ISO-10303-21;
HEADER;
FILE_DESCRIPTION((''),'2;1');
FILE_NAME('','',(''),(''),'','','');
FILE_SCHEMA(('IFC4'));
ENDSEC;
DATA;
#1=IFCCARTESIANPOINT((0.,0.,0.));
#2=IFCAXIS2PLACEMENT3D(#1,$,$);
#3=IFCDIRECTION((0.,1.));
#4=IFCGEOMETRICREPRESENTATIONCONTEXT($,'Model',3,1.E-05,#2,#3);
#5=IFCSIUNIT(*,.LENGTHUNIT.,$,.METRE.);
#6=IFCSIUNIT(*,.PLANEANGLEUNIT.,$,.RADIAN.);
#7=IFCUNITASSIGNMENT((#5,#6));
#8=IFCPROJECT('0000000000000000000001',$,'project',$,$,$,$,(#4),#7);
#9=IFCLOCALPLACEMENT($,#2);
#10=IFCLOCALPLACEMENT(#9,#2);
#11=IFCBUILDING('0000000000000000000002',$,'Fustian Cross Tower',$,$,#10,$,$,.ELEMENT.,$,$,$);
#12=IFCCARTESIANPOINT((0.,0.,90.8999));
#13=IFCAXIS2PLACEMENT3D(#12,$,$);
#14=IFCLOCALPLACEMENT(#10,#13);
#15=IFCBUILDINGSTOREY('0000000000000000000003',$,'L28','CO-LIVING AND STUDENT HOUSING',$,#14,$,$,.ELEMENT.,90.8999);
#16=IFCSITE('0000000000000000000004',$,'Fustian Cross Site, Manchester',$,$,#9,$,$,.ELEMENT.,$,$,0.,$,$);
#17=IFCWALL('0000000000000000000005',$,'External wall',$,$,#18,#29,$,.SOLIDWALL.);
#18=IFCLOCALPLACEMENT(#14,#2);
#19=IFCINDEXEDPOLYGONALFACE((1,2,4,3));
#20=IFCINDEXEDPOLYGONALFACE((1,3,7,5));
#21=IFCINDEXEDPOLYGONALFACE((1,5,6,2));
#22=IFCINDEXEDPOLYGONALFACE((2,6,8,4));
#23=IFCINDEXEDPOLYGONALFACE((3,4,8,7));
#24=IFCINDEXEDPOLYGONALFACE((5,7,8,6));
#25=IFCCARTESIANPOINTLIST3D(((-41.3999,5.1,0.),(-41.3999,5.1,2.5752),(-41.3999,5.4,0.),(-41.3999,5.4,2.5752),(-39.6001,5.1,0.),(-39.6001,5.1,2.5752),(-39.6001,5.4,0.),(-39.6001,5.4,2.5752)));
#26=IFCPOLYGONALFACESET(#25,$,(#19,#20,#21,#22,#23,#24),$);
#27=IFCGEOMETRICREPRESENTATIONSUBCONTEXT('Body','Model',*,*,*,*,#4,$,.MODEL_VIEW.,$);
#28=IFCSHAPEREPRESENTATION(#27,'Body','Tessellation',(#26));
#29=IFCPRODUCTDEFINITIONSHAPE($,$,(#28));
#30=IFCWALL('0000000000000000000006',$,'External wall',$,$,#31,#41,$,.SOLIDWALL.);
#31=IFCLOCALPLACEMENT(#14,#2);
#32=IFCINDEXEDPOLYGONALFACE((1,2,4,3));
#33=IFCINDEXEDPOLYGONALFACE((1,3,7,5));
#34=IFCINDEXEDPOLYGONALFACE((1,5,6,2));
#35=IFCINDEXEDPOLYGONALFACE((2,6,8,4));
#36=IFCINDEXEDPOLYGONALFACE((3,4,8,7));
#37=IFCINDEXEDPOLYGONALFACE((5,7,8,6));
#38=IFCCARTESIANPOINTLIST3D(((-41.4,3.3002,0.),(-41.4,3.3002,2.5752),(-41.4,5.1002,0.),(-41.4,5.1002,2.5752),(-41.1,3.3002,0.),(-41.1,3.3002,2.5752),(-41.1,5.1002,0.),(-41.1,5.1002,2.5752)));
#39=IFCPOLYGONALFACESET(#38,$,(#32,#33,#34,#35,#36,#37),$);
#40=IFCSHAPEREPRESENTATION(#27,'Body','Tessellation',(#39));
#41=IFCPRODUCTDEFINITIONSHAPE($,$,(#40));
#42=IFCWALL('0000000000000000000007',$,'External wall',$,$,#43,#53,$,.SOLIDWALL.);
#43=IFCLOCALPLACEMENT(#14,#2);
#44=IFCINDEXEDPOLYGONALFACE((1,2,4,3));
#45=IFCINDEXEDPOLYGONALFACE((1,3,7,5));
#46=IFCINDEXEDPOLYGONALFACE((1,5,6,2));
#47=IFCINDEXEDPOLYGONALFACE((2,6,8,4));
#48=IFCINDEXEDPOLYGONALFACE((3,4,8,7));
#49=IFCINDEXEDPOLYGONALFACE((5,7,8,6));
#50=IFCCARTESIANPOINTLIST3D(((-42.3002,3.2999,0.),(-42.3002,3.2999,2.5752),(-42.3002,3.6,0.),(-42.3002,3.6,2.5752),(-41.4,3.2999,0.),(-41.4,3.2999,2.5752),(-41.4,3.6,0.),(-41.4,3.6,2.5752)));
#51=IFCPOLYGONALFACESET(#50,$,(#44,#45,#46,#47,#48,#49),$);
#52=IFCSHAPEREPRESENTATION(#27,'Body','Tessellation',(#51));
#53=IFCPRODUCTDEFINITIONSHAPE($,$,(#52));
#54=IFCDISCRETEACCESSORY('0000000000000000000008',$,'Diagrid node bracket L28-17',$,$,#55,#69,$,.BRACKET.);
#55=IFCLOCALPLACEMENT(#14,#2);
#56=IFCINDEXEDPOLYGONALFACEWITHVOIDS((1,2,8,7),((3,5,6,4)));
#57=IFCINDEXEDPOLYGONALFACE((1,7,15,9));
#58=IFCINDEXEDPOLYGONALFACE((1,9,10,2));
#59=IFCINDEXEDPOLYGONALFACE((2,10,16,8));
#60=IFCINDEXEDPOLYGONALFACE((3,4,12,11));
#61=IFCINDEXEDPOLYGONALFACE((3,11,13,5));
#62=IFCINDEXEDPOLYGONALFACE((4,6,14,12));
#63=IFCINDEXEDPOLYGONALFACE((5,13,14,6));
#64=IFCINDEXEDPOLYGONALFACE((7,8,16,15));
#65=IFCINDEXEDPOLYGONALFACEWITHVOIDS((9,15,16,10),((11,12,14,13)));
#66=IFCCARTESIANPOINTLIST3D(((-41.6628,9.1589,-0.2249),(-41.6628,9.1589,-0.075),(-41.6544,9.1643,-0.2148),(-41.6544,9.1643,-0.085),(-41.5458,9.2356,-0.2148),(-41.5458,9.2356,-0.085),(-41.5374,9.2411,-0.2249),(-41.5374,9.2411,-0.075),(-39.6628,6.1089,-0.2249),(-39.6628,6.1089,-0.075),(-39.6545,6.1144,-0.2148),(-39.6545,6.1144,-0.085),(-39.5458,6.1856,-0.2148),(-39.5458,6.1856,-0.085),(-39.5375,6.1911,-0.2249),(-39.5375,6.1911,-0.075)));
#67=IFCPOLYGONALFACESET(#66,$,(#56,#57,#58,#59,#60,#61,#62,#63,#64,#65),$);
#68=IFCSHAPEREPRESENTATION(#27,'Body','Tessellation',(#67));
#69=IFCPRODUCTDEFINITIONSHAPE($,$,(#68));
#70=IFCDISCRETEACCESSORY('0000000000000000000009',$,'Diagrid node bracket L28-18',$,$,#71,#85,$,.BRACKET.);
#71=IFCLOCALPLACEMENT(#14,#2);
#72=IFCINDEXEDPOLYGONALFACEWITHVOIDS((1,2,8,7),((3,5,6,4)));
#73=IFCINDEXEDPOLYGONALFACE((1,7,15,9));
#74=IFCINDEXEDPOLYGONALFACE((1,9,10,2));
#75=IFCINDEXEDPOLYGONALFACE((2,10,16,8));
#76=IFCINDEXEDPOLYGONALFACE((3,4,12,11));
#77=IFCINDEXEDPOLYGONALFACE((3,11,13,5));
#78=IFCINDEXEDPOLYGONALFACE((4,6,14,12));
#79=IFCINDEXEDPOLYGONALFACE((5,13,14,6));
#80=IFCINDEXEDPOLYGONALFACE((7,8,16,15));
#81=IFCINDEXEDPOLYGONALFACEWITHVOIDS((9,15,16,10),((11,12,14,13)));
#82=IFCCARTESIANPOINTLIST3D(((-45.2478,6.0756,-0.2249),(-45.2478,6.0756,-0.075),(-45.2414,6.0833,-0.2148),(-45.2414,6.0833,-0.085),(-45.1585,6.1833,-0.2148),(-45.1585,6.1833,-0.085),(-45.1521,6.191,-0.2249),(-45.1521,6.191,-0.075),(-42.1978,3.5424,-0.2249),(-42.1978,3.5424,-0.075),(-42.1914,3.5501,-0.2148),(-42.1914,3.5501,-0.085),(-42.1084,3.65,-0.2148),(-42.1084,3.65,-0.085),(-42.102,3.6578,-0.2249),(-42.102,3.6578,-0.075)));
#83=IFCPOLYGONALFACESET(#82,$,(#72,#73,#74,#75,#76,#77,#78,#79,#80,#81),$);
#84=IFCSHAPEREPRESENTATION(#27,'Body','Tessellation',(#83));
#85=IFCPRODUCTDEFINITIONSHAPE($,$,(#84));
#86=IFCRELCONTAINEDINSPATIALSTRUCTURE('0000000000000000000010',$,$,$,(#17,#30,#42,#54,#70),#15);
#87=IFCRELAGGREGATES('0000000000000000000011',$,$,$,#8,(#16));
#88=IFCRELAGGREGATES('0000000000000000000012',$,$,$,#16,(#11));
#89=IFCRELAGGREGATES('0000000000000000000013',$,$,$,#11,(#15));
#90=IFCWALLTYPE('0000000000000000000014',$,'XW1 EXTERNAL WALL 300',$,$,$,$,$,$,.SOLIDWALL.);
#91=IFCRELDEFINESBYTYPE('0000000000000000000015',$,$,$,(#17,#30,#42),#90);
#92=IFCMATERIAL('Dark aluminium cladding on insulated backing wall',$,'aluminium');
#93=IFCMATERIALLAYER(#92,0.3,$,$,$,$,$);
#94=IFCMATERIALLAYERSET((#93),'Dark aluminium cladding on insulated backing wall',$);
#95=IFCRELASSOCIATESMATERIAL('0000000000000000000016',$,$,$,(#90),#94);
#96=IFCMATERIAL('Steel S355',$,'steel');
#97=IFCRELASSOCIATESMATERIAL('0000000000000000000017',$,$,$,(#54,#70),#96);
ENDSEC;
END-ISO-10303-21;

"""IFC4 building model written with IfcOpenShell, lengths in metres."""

from ifc_helpers import new_model, si_unit, direction, frame, frame_2d, origin, origin_2d, place, context, subcontext, project, spatial, rectangle, hollow_rectangle, extrude, material, layer, layer_set, type_object, element, save


model = new_model("IFC4")

# Units and contexts
model_context = context("Model", 3, precision=1e-05, world=origin(), true_north=direction((0.0, 1.0)))
body_context = subcontext(model_context, "Body", "Model", "MODEL_VIEW")
ifc_project = project(units=[si_unit("LENGTHUNIT", "METRE"), si_unit("PLANEANGLEUNIT", "RADIAN")], contexts=[model_context])

# Site, building, storey
site_placement = place(None, origin())
site = spatial("IfcSite", under=ifc_project, at=site_placement, Name="Fustian Cross Site, Manchester", CompositionType="ELEMENT", RefElevation=0.0)
building_placement = place(site_placement, origin())
building = spatial("IfcBuilding", under=site, at=building_placement, Name="Fustian Cross Tower", CompositionType="ELEMENT")
storey_placement = place(building_placement, frame((0.0, 0.0, 90.8999)))
storey = spatial("IfcBuildingStorey", under=building, at=storey_placement, Name="L28", Description="CO-LIVING AND STUDENT HOUSING", CompositionType="ELEMENT", Elevation=90.8999)

# Walls
ifc_material_1 = material(Name="Dark aluminium cladding on insulated backing wall", Category="aluminium")
ifc_layer = layer(ifc_material_1, 0.3)
ifc_layer_set = layer_set([ifc_layer], Name="Dark aluminium cladding on insulated backing wall")
wall_type = type_object("IfcWallType", Name="XW1 EXTERNAL WALL 300", PredefinedType="SOLIDWALL", material=ifc_layer_set)
wall_1_placement = place(storey_placement, frame((-39.6001, 5.25, 0.0), z_axis=(0.0, 0.0, 1.0), x_axis=(-1.0, 0.0, 0.0)))
element("IfcWall", 1, at=wall_1_placement, inside=storey, type_object=wall_type, Name="External wall", PredefinedType="SOLIDWALL", context=body_context, shape_type="SweptSolid", body=[
    extrude(rectangle(XDim=1.7998, YDim=0.3, at=frame_2d((0.8999, 0.0))), origin(), (0.0, 0.0, 1.0), 2.5752),
])
wall_2_placement = place(storey_placement, frame((-41.25, 5.1001, 0.0), z_axis=(0.0, 0.0, 1.0), x_axis=(0.0, -1.0, 0.0)))
element("IfcWall", 2, at=wall_2_placement, inside=storey, type_object=wall_type, Name="External wall", PredefinedType="SOLIDWALL", context=body_context, shape_type="SweptSolid", body=[
    extrude(rectangle(XDim=1.8, YDim=0.3, at=frame_2d((0.8999, 0.0))), origin(), (0.0, 0.0, 1.0), 2.5752),
])
wall_3_placement = place(storey_placement, frame((-41.3999, 3.45, 0.0), z_axis=(0.0, 0.0, 1.0), x_axis=(-1.0, 0.0, 0.0)))
element("IfcWall", 3, at=wall_3_placement, inside=storey, type_object=wall_type, Name="External wall", PredefinedType="SOLIDWALL", context=body_context, shape_type="SweptSolid", body=[
    extrude(rectangle(XDim=0.9001, YDim=0.3, at=frame_2d((0.4502, 0.0))), origin(), (0.0, 0.0, 1.0), 2.5752),
])

# Discrete accessories
ifc_material_2 = material(Name="Steel S355", Category="steel")
discrete_accessory_1_placement = place(storey_placement, frame((-41.6001, 9.2, -0.1499), z_axis=(0.548351, -0.836248, 0.0), x_axis=(0.836248, 0.548351, 0.0)))
element("IfcDiscreteAccessory", 4, at=discrete_accessory_1_placement, inside=storey, material=ifc_material_2, Name="Diagrid node bracket L28-17", PredefinedType="BRACKET", context=body_context, shape_type="SweptSolid", body=[
    extrude(hollow_rectangle(XDim=0.1499, YDim=0.1499, WallThickness=0.01, at=origin_2d()), origin(), (0.0, 0.0, 1.0), 3.6472),
])
discrete_accessory_2_placement = place(storey_placement, frame((-45.2, 6.1333, -0.1499), z_axis=(0.769275, -0.638918, 0.0), x_axis=(0.638918, 0.769275, 0.0)))
element("IfcDiscreteAccessory", 5, at=discrete_accessory_2_placement, inside=storey, material=ifc_material_2, Name="Diagrid node bracket L28-18", PredefinedType="BRACKET", context=body_context, shape_type="SweptSolid", body=[
    extrude(hollow_rectangle(XDim=0.1499, YDim=0.1499, WallThickness=0.01, at=origin_2d()), origin(), (0.0, 0.0, 1.0), 3.9648),
])

save(model, "model.ifc")
